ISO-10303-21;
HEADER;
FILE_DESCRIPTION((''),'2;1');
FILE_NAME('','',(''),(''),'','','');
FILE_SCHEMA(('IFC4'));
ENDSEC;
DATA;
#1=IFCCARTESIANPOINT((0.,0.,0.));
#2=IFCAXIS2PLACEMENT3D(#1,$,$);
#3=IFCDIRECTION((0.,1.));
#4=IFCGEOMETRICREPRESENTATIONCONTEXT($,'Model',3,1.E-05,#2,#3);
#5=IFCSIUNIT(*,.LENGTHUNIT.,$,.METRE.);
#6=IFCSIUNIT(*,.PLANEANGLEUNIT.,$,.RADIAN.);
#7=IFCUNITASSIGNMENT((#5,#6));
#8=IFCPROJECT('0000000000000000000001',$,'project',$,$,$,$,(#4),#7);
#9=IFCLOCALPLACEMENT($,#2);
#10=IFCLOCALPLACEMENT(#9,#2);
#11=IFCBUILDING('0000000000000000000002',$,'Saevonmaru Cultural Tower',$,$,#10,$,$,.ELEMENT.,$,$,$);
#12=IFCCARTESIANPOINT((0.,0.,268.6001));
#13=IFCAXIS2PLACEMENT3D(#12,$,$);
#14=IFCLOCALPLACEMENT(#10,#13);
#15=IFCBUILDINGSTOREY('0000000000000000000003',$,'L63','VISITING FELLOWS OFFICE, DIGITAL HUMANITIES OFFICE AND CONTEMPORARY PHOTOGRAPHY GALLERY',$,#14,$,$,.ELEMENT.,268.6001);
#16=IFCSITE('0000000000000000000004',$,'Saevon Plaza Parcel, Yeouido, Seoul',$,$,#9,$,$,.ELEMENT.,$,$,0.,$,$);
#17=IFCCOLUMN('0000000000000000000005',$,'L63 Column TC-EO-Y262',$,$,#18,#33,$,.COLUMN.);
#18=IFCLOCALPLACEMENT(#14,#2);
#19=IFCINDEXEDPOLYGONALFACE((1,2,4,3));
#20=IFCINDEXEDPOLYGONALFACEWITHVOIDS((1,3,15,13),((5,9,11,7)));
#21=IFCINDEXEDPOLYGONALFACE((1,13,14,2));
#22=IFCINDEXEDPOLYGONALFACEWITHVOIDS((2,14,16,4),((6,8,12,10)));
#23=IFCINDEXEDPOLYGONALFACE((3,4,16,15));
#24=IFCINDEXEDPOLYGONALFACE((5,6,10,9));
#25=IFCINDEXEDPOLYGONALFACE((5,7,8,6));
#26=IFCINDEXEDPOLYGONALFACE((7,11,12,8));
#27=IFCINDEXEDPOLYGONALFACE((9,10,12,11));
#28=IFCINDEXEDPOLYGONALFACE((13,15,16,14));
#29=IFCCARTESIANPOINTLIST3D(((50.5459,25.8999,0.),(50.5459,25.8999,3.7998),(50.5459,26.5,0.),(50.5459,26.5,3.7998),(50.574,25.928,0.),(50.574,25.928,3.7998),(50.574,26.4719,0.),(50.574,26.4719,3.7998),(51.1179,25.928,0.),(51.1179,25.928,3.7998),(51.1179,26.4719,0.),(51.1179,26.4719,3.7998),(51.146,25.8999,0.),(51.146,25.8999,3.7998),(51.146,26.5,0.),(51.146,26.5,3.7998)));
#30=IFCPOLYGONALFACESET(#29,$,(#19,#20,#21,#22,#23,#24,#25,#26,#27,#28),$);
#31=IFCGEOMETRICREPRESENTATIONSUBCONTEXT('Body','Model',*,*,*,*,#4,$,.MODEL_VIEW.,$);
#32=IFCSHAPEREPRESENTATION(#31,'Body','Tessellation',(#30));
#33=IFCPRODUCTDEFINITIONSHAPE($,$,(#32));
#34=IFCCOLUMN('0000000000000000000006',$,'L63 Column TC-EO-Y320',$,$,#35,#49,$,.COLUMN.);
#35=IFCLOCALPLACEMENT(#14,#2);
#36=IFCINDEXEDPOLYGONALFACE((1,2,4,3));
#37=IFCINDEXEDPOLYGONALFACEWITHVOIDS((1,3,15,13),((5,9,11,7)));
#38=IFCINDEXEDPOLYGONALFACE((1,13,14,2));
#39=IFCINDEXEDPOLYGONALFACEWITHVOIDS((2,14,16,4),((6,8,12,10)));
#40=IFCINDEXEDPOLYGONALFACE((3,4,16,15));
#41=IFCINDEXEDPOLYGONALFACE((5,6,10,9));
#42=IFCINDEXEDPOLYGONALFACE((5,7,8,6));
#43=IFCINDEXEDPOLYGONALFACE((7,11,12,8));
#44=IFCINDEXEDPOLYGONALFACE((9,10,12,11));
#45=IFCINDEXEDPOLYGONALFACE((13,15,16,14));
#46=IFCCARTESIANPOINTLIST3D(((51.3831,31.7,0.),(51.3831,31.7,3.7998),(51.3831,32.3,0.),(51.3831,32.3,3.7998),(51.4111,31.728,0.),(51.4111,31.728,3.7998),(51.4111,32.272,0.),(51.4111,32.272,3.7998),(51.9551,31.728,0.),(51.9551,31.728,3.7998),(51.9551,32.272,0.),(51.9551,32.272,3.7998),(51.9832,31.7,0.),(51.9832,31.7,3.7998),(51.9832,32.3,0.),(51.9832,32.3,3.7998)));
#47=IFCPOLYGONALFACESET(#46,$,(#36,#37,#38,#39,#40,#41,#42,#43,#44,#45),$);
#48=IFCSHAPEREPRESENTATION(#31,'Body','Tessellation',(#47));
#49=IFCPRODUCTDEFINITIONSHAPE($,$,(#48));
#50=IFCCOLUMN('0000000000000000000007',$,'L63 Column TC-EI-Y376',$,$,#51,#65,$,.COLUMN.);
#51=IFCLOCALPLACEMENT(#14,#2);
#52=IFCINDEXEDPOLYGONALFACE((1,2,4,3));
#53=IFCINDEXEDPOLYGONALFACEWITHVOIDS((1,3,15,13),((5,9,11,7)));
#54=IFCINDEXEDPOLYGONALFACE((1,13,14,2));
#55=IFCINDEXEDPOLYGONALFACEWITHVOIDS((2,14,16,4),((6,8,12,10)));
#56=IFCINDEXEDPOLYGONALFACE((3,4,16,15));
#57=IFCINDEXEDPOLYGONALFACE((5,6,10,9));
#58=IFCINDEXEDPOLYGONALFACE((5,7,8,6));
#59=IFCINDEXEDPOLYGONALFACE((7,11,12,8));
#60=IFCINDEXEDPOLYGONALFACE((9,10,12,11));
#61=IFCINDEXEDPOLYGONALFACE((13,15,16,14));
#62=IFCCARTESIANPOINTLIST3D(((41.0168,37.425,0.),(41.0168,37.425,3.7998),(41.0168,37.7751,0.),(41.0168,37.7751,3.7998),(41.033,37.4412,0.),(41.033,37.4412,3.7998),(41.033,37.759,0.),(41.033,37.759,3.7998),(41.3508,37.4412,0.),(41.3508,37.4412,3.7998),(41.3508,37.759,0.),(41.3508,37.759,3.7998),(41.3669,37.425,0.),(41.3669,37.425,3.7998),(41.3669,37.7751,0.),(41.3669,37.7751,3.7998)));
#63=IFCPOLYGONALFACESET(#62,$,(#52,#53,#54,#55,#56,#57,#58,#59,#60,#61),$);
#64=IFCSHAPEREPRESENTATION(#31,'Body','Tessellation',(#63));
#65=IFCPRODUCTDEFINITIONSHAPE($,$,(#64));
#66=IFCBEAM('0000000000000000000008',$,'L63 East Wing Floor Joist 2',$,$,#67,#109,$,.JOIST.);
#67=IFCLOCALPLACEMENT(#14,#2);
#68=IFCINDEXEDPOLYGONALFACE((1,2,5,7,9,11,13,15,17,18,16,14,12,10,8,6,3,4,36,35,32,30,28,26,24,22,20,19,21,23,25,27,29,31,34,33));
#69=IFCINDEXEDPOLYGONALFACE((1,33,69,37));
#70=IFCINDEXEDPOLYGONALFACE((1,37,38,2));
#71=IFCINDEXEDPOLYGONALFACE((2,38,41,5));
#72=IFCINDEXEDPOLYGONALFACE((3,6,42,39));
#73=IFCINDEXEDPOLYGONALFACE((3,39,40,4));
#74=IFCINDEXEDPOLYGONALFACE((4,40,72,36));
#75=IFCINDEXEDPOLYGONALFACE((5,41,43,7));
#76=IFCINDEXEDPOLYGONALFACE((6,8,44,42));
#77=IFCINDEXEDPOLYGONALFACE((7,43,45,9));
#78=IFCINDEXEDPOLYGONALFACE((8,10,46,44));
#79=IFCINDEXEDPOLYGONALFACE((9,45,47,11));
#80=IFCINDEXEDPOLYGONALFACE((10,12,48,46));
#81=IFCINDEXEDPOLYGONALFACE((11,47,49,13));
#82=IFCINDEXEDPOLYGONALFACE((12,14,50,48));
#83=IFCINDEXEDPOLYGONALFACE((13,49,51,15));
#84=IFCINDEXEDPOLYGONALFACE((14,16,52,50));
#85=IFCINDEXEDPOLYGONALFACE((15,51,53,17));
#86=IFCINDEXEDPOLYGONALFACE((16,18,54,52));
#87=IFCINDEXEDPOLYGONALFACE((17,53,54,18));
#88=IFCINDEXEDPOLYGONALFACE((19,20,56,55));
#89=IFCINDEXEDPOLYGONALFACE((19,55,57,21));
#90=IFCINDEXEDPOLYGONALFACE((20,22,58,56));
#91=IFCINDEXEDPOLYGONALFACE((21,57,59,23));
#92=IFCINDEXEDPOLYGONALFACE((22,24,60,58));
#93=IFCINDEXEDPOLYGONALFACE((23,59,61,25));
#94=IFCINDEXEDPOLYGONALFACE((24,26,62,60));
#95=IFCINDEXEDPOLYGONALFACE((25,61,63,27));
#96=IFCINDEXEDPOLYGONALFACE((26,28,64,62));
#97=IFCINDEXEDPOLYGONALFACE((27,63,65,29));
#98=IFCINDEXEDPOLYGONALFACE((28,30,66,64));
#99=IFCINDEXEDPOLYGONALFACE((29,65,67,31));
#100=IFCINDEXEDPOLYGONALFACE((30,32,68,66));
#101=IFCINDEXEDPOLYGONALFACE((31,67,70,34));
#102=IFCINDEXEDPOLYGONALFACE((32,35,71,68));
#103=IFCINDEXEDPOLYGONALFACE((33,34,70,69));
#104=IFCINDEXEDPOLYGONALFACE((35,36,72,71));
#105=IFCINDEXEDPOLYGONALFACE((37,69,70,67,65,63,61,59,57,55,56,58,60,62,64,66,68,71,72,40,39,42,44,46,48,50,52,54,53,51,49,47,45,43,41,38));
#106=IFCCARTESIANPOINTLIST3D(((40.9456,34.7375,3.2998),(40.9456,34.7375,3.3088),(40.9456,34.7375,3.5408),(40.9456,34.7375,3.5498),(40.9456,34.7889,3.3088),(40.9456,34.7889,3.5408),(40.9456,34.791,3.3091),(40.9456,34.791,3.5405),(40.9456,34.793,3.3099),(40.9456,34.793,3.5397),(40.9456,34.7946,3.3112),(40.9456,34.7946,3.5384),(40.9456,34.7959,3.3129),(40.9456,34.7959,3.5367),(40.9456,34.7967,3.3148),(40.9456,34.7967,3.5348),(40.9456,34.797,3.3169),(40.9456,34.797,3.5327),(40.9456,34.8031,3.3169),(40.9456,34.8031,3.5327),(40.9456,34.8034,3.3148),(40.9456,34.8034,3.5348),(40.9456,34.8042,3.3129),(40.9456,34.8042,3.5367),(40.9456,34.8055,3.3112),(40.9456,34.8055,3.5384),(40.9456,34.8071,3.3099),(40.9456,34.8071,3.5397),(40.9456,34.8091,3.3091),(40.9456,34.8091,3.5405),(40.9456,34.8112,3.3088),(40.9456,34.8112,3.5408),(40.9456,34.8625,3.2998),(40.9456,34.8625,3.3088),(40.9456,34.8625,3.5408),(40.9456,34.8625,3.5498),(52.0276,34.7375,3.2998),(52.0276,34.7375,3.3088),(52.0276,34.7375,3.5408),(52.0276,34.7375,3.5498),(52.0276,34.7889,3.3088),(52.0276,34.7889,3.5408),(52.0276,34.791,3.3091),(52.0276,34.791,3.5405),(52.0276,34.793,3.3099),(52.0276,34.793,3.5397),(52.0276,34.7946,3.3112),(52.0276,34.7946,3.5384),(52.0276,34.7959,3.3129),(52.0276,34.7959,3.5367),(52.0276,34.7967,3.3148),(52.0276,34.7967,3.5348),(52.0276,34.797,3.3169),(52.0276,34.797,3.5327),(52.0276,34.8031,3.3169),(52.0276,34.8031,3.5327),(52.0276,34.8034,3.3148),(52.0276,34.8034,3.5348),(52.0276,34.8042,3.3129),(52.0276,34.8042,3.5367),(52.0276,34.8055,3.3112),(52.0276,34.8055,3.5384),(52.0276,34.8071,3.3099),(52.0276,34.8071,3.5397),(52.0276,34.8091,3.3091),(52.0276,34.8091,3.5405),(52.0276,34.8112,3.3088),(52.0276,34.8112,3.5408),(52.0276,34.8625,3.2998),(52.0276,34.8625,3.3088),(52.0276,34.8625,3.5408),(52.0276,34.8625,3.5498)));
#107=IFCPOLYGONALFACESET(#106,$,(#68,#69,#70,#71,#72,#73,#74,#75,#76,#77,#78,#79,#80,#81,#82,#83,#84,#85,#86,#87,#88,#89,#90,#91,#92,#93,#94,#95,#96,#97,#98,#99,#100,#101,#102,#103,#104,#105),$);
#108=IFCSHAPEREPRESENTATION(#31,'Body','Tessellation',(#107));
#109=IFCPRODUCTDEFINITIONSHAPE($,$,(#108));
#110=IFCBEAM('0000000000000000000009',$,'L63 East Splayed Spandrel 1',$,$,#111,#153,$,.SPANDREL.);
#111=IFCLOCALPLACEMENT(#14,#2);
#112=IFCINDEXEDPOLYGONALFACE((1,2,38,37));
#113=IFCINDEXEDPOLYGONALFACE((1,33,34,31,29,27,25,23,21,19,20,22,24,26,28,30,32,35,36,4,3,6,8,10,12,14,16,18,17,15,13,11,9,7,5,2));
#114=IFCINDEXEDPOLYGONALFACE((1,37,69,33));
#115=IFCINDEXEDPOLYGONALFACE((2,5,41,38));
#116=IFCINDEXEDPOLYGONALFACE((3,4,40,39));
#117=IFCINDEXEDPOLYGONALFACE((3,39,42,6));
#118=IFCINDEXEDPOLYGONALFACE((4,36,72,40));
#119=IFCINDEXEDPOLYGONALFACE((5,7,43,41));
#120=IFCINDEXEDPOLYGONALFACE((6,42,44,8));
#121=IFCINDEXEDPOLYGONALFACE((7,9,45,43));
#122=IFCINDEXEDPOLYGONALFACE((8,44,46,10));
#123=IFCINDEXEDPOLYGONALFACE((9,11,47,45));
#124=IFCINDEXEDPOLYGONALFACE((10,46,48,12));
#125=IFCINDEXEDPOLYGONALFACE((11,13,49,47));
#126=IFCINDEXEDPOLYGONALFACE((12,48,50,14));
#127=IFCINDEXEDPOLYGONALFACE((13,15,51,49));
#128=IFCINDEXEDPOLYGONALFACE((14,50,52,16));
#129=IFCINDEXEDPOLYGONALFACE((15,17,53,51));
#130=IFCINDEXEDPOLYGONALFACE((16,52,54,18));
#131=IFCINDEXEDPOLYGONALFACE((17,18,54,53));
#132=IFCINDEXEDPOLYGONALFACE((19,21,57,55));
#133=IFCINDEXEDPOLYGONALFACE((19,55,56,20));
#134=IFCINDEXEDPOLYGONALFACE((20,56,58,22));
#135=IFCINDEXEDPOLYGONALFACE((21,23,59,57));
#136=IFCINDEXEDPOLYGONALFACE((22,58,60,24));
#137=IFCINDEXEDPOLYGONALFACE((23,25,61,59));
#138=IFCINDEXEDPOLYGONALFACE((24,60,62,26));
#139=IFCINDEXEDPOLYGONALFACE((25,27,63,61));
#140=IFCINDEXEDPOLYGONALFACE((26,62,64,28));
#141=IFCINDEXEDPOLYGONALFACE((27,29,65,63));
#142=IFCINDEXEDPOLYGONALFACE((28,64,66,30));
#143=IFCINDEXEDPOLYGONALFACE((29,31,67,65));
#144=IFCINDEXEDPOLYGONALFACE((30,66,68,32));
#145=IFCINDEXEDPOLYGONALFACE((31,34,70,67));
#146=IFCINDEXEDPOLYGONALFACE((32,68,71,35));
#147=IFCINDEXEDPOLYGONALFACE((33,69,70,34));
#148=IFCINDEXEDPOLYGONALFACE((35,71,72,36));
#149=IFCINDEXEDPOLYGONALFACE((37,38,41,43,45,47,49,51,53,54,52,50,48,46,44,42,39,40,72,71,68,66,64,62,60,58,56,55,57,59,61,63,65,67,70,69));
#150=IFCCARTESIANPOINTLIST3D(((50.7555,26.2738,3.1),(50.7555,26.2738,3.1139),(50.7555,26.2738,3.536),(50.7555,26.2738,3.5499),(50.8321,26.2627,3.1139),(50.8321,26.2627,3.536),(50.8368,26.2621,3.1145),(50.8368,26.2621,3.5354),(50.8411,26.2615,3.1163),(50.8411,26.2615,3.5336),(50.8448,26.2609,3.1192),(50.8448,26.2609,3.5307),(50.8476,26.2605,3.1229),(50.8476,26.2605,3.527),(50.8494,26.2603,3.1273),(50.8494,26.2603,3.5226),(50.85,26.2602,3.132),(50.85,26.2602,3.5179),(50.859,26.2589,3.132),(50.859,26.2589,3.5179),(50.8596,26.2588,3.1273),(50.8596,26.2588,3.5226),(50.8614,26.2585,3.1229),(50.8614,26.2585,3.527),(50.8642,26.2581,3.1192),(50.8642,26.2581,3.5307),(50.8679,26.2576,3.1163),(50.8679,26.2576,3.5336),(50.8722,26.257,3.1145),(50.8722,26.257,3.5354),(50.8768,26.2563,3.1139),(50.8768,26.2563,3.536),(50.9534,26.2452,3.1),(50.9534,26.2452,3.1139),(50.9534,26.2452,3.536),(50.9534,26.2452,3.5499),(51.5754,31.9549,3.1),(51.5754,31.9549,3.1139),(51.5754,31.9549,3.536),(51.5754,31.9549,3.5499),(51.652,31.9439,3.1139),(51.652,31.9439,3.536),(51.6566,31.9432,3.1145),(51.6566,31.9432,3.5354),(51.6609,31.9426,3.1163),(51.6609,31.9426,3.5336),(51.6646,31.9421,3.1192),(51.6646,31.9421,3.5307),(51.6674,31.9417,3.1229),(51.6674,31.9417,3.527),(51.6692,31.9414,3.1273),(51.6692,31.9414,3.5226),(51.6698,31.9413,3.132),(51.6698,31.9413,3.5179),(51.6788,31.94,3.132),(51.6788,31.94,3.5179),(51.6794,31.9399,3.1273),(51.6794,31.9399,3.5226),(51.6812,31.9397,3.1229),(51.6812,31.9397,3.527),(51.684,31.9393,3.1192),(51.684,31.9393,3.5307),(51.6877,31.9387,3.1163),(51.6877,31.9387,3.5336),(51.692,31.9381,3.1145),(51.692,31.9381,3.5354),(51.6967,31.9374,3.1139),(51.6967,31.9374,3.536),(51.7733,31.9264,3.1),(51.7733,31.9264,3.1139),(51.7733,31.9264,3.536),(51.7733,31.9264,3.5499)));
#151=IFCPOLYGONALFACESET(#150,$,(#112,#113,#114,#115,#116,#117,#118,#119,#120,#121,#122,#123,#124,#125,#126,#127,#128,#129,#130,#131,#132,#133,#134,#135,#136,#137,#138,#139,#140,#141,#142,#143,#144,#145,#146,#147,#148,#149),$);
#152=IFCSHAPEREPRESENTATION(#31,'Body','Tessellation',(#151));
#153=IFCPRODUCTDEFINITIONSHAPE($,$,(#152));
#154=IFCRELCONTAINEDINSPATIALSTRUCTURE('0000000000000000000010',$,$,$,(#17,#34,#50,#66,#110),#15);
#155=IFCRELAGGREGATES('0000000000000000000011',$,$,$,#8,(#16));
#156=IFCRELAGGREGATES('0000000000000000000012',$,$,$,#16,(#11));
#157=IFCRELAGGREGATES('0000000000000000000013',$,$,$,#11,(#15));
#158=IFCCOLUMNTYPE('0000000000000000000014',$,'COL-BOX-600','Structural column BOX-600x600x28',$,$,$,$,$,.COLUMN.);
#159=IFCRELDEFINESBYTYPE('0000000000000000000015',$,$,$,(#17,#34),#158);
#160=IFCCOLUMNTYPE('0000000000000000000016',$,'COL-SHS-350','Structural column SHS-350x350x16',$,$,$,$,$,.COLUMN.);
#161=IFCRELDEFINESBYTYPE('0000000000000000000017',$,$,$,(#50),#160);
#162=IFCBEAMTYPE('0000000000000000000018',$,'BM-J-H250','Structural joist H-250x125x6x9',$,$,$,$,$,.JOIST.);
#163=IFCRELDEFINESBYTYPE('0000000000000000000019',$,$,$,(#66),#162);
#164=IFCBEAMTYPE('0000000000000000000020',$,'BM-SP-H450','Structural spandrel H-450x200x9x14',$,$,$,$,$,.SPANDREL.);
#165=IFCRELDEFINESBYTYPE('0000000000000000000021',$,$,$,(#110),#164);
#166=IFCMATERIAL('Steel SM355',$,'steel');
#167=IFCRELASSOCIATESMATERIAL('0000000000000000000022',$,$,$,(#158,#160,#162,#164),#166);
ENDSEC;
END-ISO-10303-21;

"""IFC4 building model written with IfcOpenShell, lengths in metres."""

from ifc_helpers import new_model, si_unit, direction, frame, origin, origin_2d, place, context, subcontext, project, spatial, hollow_rectangle, i_section, extrude, material, material_profile, profile_set, type_object, element, save


model = new_model("IFC4")

# Units and contexts
model_context = context("Model", 3, precision=1e-05, world=origin(), true_north=direction((0.0, 1.0)))
body_context = subcontext(model_context, "Body", "Model", "MODEL_VIEW")
ifc_project = project(units=[si_unit("LENGTHUNIT", "METRE"), si_unit("PLANEANGLEUNIT", "RADIAN")], contexts=[model_context])

# Site, building, storey
site_placement = place(None, origin())
site = spatial("IfcSite", under=ifc_project, at=site_placement, Name="Saevon Plaza Parcel, Yeouido, Seoul", CompositionType="ELEMENT", RefElevation=0.0)
building_placement = place(site_placement, origin())
building = spatial("IfcBuilding", under=site, at=building_placement, Name="Saevonmaru Cultural Tower", CompositionType="ELEMENT")
storey_placement = place(building_placement, frame((0.0, 0.0, 268.6001)))
storey = spatial("IfcBuildingStorey", under=building, at=storey_placement, Name="L63", Description="VISITING FELLOWS OFFICE, DIGITAL HUMANITIES OFFICE AND CONTEMPORARY PHOTOGRAPHY GALLERY", CompositionType="ELEMENT", Elevation=268.6001)

# Columns
ifc_material_1 = material(Name="Steel SM355", Category="steel")
ifc_material_profile_1 = material_profile(ifc_material_1, hollow_rectangle(XDim=0.6001, YDim=0.6001, WallThickness=0.0281, at=origin_2d()), Name="BOX-600x600x28")
ifc_profile_set_1 = profile_set([ifc_material_profile_1], Name="Steel SM355")
column_type_1 = type_object("IfcColumnType", Name="COL-BOX-600", Description="Structural column BOX-600x600x28", PredefinedType="COLUMN", material=ifc_profile_set_1)
for number, where, z_axis, x_axis, name in (
    (1, (50.8459, 26.2, 0.0), (0.0, 0.0, 1.0), (1.0, 0.0, 0.0), "L63 Column TC-EO-Y262"),
    (2, (51.6831, 32.0, 0.0), (0.0, 0.0, 1.0), (1.0, 0.0, 0.0), "L63 Column TC-EO-Y320"),
):
    element("IfcColumn", number, at=place(storey_placement, frame(where, z_axis=z_axis, x_axis=x_axis)), inside=storey, type_object=column_type_1, Name=name, PredefinedType="COLUMN", context=body_context, shape_type="SweptSolid", body=[
        extrude(hollow_rectangle(XDim=0.6001, YDim=0.6001, WallThickness=0.0281, at=origin_2d()), origin(), (0.0, 0.0, 1.0), 3.7998),
    ])
ifc_material_profile_2 = material_profile(ifc_material_1, hollow_rectangle(XDim=0.3501, YDim=0.3501, WallThickness=0.0161, at=origin_2d()), Name="SHS-350x350x16")
ifc_profile_set_2 = profile_set([ifc_material_profile_2], Name="Steel SM355")
column_type_2 = type_object("IfcColumnType", Name="COL-SHS-350", Description="Structural column SHS-350x350x16", PredefinedType="COLUMN", material=ifc_profile_set_2)
column_placement = place(storey_placement, frame((41.1919, 37.6001, 0.0), z_axis=(0.0, 0.0, 1.0), x_axis=(1.0, 0.0, 0.0)))
element("IfcColumn", 3, at=column_placement, inside=storey, type_object=column_type_2, Name="L63 Column TC-EI-Y376", PredefinedType="COLUMN", context=body_context, shape_type="SweptSolid", body=[
    extrude(hollow_rectangle(XDim=0.3501, YDim=0.3501, WallThickness=0.0161, at=origin_2d()), origin(), (0.0, 0.0, 1.0), 3.7998),
])

# Beams
ifc_material_profile_3 = material_profile(ifc_material_1, i_section(OverallWidth=0.125, OverallDepth=0.25, WebThickness=0.0061, FlangeThickness=0.009, FilletRadius=0.0081, at=origin_2d()), Name="H-250x125x6x9")
ifc_profile_set_3 = profile_set([ifc_material_profile_3], Name="Steel SM355")
beam_type_1 = type_object("IfcBeamType", Name="BM-J-H250", Description="Structural joist H-250x125x6x9", PredefinedType="JOIST", material=ifc_profile_set_3)
beam_1_placement = place(storey_placement, frame((40.9456, 34.8, 3.4248), z_axis=(1.0, 0.0, 0.0), x_axis=(0.0, 1.0, 0.0)))
element("IfcBeam", 4, at=beam_1_placement, inside=storey, type_object=beam_type_1, Name="L63 East Wing Floor Joist 2", PredefinedType="JOIST", context=body_context, shape_type="SweptSolid", body=[
    extrude(i_section(OverallWidth=0.125, OverallDepth=0.25, WebThickness=0.0061, FlangeThickness=0.009, FilletRadius=0.0081, at=origin_2d()), origin(), (0.0, 0.0, 1.0), 11.082),
])
ifc_material_profile_4 = material_profile(ifc_material_1, i_section(OverallWidth=0.2, OverallDepth=0.45, WebThickness=0.009, FlangeThickness=0.0139, FilletRadius=0.0181, at=origin_2d()), Name="H-450x200x9x14")
ifc_profile_set_4 = profile_set([ifc_material_profile_4], Name="Steel SM355")
beam_type_2 = type_object("IfcBeamType", Name="BM-SP-H450", Description="Structural spandrel H-450x200x9x14", PredefinedType="SPANDREL", material=ifc_profile_set_4)
beam_2_placement = place(storey_placement, frame((50.8545, 26.2595, 3.325), z_axis=(0.142827, 0.989748, 0.0), x_axis=(-0.989748, 0.142827, 0.0)))
element("IfcBeam", 5, at=beam_2_placement, inside=storey, type_object=beam_type_2, Name="L63 East Splayed Spandrel 1", PredefinedType="SPANDREL", context=body_context, shape_type="SweptSolid", body=[
    extrude(i_section(OverallWidth=0.2, OverallDepth=0.45, WebThickness=0.009, FlangeThickness=0.0139, FilletRadius=0.0181, at=origin_2d()), origin(), (0.0, 0.0, 1.0), 5.74),
])

save(model, "model.ifc")
